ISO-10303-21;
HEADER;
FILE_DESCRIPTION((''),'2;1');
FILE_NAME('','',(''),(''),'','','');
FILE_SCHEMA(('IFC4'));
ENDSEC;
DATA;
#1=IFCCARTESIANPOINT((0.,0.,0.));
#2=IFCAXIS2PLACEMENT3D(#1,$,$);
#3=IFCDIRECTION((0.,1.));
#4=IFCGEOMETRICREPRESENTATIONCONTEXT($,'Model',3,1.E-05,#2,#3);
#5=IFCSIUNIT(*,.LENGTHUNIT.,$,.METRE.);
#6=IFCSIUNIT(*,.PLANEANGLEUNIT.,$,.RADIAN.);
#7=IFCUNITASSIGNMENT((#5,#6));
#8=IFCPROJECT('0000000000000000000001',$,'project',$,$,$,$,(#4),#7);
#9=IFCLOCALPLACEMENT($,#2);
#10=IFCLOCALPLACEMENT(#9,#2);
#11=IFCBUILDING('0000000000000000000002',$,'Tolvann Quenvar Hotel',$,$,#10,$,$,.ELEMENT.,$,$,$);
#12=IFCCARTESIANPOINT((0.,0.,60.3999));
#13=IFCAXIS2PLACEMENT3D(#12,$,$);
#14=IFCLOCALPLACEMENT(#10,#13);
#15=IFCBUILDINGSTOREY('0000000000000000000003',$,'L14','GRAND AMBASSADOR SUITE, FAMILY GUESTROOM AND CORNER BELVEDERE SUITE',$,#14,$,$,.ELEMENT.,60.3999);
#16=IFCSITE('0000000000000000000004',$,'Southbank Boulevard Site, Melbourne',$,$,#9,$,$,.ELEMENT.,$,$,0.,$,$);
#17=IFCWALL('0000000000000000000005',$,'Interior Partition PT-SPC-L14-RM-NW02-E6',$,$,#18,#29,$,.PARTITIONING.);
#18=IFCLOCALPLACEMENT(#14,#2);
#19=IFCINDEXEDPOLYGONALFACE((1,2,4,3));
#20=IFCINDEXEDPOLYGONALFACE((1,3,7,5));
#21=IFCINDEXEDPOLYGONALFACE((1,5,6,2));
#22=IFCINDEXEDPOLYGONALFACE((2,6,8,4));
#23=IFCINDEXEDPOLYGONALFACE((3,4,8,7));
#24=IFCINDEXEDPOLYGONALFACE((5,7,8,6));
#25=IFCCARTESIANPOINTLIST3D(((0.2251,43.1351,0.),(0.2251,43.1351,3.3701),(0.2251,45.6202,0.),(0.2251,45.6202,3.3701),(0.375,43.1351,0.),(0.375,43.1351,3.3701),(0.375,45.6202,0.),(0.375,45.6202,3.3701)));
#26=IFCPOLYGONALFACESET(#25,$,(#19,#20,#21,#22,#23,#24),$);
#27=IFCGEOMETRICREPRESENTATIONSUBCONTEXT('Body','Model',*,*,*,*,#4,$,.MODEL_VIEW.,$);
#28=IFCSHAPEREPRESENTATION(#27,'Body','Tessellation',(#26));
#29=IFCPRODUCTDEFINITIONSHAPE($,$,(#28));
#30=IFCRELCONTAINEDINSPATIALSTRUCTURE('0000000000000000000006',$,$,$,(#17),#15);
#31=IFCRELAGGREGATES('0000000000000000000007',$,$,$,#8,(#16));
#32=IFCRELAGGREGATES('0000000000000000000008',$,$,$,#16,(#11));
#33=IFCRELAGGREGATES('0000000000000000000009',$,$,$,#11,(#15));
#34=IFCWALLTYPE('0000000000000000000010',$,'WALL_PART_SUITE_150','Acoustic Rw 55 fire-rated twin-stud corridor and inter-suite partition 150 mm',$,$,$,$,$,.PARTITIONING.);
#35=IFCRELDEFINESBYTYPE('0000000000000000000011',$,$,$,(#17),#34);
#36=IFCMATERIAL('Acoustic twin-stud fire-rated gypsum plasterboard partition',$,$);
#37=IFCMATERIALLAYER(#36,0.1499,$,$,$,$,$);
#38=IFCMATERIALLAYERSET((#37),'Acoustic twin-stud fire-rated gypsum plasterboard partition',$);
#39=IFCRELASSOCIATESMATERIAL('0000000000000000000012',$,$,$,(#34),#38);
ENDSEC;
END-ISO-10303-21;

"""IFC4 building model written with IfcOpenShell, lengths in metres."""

from ifc_helpers import new_model, si_unit, direction, frame, frame_2d, origin, place, context, subcontext, project, spatial, rectangle, extrude, material, layer, layer_set, type_object, element, save


model = new_model("IFC4")

# Units and contexts
model_context = context("Model", 3, precision=1e-05, world=origin(), true_north=direction((0.0, 1.0)))
body_context = subcontext(model_context, "Body", "Model", "MODEL_VIEW")
ifc_project = project(units=[si_unit("LENGTHUNIT", "METRE"), si_unit("PLANEANGLEUNIT", "RADIAN")], contexts=[model_context])

# Site, building, storey
site_placement = place(None, origin())
site = spatial("IfcSite", under=ifc_project, at=site_placement, Name="Southbank Boulevard Site, Melbourne", CompositionType="ELEMENT", RefElevation=0.0)
building_placement = place(site_placement, origin())
building = spatial("IfcBuilding", under=site, at=building_placement, Name="Tolvann Quenvar Hotel", CompositionType="ELEMENT")
storey_placement = place(building_placement, frame((0.0, 0.0, 60.3999)))
storey = spatial("IfcBuildingStorey", under=building, at=storey_placement, Name="L14", Description="GRAND AMBASSADOR SUITE, FAMILY GUESTROOM AND CORNER BELVEDERE SUITE", CompositionType="ELEMENT", Elevation=60.3999)

# Wall
ifc_material_1 = material(Name="Acoustic twin-stud fire-rated gypsum plasterboard partition")
ifc_layer_1 = layer(ifc_material_1, 0.1499)
ifc_layer_set_1 = layer_set([ifc_layer_1], Name="Acoustic twin-stud fire-rated gypsum plasterboard partition")
wall_type_1 = type_object("IfcWallType", Name="WALL_PART_SUITE_150", Description="Acoustic Rw 55 fire-rated twin-stud corridor and inter-suite partition 150 mm", PredefinedType="PARTITIONING", material=ifc_layer_set_1)
wall_1_placement = place(storey_placement, frame((0.3, 43.135, 0.0), z_axis=(0.0, 0.0, 1.0), x_axis=(0.0, 1.0, 0.0)))
element("IfcWall", 1, at=wall_1_placement, inside=storey, type_object=wall_type_1, Name="Interior Partition PT-SPC-L14-RM-NW02-E6", PredefinedType="PARTITIONING", context=body_context, shape_type="SweptSolid", body=[
    extrude(rectangle(XDim=2.4851, YDim=0.1499, at=frame_2d((1.2427, 0.0))), origin(), (0.0, 0.0, 1.0), 3.3701),
])

save(model, "model.ifc")
